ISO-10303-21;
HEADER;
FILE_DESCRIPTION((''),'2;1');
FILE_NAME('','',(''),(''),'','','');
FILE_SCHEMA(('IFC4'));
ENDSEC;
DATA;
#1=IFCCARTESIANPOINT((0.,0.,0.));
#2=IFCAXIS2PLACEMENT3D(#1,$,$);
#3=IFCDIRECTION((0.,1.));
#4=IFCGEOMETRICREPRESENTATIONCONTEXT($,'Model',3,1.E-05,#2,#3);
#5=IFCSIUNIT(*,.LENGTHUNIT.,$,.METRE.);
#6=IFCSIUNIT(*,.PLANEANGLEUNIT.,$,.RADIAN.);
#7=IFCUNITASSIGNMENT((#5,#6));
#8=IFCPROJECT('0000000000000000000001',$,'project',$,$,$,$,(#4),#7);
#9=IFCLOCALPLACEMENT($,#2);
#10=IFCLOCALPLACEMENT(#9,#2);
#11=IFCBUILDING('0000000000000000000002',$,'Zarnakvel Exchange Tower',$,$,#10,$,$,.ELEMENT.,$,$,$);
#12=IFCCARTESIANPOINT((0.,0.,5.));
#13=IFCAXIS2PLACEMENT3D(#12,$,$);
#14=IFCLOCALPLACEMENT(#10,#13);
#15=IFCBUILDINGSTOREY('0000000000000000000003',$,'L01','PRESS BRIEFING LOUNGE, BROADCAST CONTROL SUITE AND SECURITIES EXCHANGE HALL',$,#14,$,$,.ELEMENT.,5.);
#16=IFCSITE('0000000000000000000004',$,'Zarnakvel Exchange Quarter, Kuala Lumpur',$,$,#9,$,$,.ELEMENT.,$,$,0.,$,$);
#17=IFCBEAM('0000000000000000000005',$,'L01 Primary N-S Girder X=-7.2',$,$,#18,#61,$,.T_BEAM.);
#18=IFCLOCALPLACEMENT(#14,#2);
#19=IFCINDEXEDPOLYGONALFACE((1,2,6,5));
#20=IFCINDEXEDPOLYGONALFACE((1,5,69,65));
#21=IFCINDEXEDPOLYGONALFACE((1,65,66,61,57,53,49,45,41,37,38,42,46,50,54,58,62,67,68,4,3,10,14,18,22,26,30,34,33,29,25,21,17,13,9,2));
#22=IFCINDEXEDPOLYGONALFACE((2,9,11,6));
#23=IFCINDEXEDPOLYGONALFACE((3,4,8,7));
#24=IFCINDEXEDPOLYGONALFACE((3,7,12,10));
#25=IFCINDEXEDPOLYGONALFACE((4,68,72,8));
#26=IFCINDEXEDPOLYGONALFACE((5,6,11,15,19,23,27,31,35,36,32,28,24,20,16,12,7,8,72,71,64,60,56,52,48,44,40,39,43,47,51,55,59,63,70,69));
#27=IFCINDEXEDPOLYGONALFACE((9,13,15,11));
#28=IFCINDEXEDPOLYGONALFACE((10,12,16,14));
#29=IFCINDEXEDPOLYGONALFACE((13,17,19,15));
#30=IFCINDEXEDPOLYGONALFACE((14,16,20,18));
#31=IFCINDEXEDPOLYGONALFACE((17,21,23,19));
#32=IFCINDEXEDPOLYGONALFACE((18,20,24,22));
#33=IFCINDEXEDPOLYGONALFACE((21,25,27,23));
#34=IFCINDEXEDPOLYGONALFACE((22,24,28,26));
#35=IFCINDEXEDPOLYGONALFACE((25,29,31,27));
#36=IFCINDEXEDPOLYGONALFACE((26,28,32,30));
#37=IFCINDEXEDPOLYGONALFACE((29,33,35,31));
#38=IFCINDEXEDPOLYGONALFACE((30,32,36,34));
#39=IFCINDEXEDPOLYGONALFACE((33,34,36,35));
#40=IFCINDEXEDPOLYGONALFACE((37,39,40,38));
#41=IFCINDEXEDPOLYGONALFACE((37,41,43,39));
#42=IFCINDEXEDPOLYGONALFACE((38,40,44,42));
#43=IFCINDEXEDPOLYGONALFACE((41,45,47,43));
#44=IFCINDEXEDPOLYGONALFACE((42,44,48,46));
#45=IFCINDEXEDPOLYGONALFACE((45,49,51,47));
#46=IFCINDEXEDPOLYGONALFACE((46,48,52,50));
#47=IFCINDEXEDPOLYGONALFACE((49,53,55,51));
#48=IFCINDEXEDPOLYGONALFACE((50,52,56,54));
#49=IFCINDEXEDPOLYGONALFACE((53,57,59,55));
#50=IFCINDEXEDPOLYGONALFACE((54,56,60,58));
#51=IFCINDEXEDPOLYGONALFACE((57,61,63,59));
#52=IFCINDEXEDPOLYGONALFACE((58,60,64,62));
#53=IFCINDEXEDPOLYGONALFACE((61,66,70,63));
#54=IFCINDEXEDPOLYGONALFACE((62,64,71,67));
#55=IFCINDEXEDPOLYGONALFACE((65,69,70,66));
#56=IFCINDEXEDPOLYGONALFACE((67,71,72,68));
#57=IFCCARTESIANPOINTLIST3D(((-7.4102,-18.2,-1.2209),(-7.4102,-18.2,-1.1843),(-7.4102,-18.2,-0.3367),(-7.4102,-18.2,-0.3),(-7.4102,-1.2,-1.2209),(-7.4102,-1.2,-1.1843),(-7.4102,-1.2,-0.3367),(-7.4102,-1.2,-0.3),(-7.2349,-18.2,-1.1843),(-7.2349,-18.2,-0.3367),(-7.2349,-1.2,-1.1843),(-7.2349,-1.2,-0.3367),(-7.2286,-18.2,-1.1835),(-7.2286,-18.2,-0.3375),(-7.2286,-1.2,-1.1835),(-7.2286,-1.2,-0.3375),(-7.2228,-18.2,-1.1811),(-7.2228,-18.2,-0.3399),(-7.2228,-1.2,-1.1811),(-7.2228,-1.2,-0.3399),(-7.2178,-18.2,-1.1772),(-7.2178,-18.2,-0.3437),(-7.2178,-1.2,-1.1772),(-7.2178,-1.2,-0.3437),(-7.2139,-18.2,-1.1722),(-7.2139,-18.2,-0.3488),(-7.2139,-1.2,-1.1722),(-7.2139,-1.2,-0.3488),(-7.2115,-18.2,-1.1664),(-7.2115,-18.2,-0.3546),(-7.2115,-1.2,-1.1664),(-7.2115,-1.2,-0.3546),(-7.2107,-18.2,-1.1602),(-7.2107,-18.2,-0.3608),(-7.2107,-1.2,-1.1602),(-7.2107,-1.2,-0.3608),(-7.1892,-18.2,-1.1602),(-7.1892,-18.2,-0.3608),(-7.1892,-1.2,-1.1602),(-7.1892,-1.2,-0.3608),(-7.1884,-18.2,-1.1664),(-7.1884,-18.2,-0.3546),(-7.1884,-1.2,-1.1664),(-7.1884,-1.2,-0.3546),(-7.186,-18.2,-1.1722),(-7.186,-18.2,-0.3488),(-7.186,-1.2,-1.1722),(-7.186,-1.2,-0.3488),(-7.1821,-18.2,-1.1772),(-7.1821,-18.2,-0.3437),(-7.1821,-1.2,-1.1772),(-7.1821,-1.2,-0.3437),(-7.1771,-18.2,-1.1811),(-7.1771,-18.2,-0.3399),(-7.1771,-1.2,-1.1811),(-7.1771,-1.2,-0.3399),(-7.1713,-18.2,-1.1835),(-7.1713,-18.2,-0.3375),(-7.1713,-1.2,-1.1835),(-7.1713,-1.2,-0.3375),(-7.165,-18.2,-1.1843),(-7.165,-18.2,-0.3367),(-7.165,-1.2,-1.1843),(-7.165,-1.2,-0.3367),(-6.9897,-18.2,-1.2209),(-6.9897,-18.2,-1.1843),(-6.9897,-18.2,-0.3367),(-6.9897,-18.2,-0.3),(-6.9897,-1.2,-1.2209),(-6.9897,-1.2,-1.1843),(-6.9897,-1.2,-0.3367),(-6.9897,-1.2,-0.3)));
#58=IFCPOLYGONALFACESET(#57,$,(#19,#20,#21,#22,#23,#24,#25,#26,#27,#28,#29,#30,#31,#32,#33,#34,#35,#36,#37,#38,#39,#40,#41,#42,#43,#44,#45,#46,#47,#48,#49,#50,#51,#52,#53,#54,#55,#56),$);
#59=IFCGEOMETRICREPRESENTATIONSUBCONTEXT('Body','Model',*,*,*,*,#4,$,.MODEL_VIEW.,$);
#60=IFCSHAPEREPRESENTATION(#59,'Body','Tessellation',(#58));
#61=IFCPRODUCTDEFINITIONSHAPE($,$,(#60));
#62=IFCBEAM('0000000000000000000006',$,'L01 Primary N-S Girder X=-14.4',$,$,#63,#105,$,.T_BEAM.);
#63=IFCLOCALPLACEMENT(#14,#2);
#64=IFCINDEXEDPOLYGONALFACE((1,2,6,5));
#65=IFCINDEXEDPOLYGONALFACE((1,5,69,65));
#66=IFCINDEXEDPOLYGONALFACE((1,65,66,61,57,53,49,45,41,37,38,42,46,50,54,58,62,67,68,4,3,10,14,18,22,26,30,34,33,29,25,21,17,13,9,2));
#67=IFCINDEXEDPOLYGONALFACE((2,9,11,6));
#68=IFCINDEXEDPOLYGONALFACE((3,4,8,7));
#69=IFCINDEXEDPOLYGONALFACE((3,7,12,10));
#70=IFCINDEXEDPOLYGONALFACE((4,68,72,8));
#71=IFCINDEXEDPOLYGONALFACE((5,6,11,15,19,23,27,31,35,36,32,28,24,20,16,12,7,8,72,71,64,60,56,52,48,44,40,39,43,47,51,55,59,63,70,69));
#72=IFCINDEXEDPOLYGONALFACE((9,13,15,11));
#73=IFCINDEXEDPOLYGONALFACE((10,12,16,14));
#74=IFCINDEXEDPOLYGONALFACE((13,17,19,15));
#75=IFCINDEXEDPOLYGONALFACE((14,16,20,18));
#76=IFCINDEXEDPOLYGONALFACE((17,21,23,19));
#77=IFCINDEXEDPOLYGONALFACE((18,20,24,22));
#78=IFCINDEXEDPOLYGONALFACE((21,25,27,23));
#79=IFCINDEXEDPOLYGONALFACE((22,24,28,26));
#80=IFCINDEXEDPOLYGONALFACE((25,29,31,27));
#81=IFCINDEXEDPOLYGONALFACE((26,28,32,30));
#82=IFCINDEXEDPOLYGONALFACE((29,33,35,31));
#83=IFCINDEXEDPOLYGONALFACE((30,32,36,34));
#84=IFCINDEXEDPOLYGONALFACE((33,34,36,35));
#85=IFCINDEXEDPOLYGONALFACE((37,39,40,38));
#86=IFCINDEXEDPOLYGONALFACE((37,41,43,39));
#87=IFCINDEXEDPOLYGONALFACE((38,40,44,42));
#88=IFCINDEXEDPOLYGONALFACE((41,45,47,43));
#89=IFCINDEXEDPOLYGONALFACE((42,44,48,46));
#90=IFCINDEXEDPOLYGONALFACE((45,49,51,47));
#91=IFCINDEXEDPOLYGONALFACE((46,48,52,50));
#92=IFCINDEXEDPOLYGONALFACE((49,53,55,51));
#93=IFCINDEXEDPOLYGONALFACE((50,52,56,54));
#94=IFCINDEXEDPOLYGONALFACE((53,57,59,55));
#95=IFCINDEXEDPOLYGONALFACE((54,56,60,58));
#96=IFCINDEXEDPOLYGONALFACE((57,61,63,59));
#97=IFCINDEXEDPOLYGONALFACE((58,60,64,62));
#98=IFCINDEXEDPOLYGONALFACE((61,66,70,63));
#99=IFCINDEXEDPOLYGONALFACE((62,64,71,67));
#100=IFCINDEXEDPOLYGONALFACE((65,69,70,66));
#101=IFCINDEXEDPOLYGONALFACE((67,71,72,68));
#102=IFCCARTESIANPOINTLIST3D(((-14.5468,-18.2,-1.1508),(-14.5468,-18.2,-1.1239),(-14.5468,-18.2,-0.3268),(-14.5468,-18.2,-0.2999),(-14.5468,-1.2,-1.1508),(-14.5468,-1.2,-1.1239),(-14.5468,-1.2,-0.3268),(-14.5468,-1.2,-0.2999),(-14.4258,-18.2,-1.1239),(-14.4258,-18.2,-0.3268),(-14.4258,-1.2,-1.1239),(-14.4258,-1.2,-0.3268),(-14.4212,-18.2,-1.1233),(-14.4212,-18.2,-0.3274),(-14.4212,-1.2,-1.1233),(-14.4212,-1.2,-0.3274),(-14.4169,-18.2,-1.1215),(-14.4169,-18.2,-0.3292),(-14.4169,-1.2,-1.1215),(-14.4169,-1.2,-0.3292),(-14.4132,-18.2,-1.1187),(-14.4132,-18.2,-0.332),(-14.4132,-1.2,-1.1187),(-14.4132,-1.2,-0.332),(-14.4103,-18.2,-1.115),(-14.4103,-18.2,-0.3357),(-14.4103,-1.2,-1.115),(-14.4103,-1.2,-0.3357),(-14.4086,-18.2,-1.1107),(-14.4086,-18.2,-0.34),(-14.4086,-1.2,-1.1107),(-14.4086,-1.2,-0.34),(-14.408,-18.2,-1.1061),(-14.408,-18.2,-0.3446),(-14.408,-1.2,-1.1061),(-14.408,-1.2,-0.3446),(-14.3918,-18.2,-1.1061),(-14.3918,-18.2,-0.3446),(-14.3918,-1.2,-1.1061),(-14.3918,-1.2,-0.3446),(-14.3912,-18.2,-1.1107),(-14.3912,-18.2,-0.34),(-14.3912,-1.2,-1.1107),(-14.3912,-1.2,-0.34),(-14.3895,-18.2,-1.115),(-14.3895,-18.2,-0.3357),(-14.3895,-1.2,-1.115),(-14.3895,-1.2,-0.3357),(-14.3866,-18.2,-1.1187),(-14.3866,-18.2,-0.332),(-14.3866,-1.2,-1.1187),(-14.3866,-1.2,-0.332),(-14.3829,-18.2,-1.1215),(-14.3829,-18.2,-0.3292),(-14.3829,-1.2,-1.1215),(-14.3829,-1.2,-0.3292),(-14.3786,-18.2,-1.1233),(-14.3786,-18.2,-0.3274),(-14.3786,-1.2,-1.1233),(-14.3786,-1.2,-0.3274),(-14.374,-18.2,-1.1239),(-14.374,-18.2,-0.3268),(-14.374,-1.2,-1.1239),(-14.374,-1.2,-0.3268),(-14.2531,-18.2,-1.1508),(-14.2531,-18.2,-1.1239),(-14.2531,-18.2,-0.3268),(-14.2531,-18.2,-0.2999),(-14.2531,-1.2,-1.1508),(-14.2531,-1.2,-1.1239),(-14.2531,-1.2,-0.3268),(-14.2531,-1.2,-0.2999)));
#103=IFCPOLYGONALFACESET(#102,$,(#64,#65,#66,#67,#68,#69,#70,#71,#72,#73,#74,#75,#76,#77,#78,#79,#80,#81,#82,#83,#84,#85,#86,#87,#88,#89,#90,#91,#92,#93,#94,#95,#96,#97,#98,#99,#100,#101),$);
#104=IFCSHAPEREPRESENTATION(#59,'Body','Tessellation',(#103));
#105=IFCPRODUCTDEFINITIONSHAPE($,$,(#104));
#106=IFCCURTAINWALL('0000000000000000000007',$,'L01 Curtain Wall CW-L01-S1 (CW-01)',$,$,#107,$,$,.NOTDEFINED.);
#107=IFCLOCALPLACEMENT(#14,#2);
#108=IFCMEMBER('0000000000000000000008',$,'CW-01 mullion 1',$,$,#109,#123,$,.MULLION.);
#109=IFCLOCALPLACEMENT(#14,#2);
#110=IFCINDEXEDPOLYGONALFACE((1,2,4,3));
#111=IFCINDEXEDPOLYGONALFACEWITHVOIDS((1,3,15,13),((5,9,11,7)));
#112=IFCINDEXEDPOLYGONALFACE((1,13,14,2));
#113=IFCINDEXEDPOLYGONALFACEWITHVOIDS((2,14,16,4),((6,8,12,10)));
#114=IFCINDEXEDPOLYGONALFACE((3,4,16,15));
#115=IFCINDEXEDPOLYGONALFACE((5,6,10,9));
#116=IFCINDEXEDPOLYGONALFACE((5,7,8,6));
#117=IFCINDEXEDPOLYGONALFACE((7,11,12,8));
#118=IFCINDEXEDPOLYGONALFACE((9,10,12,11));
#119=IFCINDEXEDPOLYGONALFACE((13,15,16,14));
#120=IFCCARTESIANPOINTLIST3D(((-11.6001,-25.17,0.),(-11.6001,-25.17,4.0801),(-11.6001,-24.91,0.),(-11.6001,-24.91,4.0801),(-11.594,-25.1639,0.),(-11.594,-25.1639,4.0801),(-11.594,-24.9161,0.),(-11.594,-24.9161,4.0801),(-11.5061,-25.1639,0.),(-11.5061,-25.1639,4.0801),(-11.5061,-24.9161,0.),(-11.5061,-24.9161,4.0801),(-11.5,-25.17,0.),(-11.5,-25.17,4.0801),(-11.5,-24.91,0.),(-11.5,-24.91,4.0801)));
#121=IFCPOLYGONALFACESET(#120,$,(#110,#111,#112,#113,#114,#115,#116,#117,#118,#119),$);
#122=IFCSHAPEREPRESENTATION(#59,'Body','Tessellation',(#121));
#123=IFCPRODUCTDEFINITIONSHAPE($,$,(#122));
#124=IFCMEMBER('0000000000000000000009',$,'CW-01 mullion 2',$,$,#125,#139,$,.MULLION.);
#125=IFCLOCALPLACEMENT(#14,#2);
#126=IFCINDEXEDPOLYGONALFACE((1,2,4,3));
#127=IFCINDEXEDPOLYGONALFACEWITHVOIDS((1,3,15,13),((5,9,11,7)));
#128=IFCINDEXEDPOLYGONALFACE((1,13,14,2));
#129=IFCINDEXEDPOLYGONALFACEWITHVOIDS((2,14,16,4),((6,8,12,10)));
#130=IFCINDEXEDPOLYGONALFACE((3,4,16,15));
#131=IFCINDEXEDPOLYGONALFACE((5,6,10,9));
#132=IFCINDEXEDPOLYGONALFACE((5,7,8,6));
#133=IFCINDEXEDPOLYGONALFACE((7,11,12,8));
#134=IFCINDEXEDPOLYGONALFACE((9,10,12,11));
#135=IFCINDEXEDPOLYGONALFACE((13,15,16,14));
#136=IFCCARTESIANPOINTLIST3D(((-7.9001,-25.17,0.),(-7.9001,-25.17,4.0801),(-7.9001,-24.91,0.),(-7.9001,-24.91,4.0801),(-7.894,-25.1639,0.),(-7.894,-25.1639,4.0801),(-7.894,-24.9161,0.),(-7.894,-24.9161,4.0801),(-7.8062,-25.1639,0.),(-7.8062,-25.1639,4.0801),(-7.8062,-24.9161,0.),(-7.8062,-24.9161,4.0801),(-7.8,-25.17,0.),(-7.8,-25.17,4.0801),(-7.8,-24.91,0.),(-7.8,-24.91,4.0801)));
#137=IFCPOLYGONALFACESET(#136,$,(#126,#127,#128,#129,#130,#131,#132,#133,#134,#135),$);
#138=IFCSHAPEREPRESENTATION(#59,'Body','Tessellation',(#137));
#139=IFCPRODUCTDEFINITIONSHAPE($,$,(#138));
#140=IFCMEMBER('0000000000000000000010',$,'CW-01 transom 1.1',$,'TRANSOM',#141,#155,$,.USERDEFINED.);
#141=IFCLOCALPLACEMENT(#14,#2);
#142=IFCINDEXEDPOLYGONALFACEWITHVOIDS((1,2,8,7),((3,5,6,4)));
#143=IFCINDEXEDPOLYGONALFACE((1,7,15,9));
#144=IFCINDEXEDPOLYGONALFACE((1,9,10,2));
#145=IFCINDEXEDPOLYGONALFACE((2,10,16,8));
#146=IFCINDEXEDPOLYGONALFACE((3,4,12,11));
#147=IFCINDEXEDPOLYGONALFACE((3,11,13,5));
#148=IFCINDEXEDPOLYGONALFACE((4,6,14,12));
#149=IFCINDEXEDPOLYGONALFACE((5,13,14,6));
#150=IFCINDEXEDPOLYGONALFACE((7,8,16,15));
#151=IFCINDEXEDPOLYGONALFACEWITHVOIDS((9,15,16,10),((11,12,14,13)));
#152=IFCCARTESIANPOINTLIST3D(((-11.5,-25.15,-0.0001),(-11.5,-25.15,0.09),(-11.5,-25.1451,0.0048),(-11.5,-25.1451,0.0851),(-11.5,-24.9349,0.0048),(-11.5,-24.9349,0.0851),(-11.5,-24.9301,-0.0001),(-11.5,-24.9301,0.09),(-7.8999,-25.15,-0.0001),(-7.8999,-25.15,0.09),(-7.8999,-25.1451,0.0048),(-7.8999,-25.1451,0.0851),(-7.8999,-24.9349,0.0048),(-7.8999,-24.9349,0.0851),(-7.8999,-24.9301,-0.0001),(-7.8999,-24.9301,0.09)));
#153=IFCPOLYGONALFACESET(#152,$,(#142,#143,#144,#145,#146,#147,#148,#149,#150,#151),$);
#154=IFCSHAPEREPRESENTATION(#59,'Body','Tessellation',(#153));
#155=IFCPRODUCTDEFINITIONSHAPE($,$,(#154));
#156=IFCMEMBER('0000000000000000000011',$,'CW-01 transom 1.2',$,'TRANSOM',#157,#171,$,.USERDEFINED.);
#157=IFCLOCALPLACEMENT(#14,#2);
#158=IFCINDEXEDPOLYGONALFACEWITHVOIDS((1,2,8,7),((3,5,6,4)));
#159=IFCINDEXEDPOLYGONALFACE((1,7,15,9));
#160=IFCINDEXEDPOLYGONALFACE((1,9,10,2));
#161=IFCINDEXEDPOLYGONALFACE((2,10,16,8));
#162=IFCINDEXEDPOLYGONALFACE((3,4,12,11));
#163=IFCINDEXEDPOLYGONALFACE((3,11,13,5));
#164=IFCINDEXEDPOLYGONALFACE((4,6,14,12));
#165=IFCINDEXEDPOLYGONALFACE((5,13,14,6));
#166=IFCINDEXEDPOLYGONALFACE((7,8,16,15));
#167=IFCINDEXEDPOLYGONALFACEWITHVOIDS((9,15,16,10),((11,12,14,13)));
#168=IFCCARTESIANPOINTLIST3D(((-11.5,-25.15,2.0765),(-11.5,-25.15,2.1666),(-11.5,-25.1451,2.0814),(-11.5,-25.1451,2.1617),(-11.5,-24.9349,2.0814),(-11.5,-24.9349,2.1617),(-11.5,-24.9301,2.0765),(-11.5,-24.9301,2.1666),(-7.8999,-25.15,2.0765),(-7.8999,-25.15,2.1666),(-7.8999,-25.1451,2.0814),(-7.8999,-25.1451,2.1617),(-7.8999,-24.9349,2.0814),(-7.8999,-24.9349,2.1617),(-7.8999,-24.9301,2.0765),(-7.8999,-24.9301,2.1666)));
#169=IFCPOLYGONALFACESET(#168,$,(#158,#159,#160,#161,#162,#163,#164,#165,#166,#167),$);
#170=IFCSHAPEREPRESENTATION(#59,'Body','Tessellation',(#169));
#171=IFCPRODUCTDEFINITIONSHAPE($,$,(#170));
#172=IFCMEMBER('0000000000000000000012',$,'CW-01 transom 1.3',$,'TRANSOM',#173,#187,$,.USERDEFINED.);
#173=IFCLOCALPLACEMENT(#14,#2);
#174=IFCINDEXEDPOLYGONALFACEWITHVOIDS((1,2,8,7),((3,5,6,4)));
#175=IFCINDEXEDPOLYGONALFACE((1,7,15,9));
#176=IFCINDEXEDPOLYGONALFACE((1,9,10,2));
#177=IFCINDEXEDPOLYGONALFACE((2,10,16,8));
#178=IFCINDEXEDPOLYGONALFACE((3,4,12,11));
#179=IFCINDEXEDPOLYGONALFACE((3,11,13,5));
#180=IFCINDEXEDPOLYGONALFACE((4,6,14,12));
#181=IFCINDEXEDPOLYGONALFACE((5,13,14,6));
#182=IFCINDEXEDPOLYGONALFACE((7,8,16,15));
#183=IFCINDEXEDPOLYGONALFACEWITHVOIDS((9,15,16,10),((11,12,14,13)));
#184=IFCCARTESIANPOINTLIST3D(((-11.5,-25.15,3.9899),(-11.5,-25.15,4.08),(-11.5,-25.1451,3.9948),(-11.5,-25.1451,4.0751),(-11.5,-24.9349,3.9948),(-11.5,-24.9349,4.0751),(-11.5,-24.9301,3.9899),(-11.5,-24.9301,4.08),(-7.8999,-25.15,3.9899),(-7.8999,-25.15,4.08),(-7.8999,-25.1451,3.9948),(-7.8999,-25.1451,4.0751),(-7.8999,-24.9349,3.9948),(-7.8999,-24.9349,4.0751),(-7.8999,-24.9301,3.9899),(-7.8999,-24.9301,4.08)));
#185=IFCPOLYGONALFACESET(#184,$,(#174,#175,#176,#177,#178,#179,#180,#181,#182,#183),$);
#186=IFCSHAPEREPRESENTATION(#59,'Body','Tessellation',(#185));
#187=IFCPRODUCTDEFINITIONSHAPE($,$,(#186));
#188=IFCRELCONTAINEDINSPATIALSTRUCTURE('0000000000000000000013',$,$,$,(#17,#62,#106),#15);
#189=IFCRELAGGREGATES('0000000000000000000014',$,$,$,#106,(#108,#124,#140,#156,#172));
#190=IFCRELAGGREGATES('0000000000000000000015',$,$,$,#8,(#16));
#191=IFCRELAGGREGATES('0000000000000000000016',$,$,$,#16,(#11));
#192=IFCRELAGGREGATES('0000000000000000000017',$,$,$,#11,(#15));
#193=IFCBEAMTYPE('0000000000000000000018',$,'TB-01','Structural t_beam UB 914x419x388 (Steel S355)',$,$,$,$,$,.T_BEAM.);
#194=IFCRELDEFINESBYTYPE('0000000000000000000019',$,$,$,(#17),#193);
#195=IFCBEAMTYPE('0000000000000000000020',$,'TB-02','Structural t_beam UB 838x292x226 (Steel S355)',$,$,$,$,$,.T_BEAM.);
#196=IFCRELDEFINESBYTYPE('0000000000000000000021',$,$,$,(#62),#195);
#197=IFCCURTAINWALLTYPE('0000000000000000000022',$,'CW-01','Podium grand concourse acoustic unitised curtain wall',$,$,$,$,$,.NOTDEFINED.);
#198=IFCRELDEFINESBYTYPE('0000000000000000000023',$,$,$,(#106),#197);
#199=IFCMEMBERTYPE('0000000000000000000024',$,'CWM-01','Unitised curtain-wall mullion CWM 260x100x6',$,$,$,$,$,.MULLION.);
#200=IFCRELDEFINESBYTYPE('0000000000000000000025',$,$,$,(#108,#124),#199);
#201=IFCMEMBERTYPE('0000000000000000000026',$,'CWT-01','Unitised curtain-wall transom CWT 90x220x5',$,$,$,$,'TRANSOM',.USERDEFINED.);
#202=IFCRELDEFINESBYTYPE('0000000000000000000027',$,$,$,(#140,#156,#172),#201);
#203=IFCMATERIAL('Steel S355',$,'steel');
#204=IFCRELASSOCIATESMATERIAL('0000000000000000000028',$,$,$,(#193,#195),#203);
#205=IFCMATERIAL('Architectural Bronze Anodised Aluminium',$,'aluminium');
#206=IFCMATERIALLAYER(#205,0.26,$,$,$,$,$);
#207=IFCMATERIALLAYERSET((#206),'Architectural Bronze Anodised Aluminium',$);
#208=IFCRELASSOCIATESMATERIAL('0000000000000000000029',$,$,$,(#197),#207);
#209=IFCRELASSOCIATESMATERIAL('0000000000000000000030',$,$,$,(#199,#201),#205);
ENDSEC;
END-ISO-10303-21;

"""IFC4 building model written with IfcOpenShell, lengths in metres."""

from ifc_helpers import new_model, si_unit, direction, frame, origin, origin_2d, place, context, subcontext, project, spatial, hollow_rectangle, i_section, extrude, source, transform, mapped, material, layer, layer_set, material_profile, profile_set, type_object, element, aggregate, save


model = new_model("IFC4")

# Units and contexts
model_context = context("Model", 3, precision=1e-05, world=origin(), true_north=direction((0.0, 1.0)))
body_context = subcontext(model_context, "Body", "Model", "MODEL_VIEW")
ifc_project = project(units=[si_unit("LENGTHUNIT", "METRE"), si_unit("PLANEANGLEUNIT", "RADIAN")], contexts=[model_context])

# Site, building, storey
site_placement = place(None, origin())
site = spatial("IfcSite", under=ifc_project, at=site_placement, Name="Zarnakvel Exchange Quarter, Kuala Lumpur", CompositionType="ELEMENT", RefElevation=0.0)
building_placement = place(site_placement, origin())
building = spatial("IfcBuilding", under=site, at=building_placement, Name="Zarnakvel Exchange Tower", CompositionType="ELEMENT")
storey_placement = place(building_placement, frame((0.0, 0.0, 5.0)))
storey = spatial("IfcBuildingStorey", under=building, at=storey_placement, Name="L01", Description="PRESS BRIEFING LOUNGE, BROADCAST CONTROL SUITE AND SECURITIES EXCHANGE HALL", CompositionType="ELEMENT", Elevation=5.0)

# Beams
ifc_material_1 = material(Name="Steel S355", Category="steel")
ifc_material_profile_1 = material_profile(ifc_material_1, i_section(OverallWidth=0.4204, OverallDepth=0.9209, WebThickness=0.0215, FlangeThickness=0.0366, FilletRadius=0.0242, at=origin_2d()))
ifc_profile_set_1 = profile_set([ifc_material_profile_1], Name="Steel S355")
beam_type_1 = type_object("IfcBeamType", Name="TB-01", Description="Structural t_beam UB 914x419x388 (Steel S355)", PredefinedType="T_BEAM", material=ifc_profile_set_1)
beam_1_placement = place(storey_placement, frame((-7.2, -18.2, -0.7605), z_axis=(0.0, 1.0, 0.0), x_axis=(-1.0, 0.0, 0.0)))
element("IfcBeam", 1, at=beam_1_placement, inside=storey, type_object=beam_type_1, Name="L01 Primary N-S Girder X=-7.2", PredefinedType="T_BEAM", context=body_context, shape_type="SweptSolid", body=[
    extrude(i_section(OverallWidth=0.4204, OverallDepth=0.9209, WebThickness=0.0215, FlangeThickness=0.0366, FilletRadius=0.0242, at=origin_2d()), origin(), (0.0, 0.0, 1.0), 17.0),
])
ifc_material_profile_2 = material_profile(ifc_material_1, i_section(OverallWidth=0.2937, OverallDepth=0.8508, WebThickness=0.0161, FlangeThickness=0.0269, FilletRadius=0.0178, at=origin_2d()))
ifc_profile_set_2 = profile_set([ifc_material_profile_2], Name="Steel S355")
beam_type_2 = type_object("IfcBeamType", Name="TB-02", Description="Structural t_beam UB 838x292x226 (Steel S355)", PredefinedType="T_BEAM", material=ifc_profile_set_2)
beam_2_placement = place(storey_placement, frame((-14.3999, -18.2, -0.7253), z_axis=(0.0, 1.0, 0.0), x_axis=(-1.0, 0.0, 0.0)))
element("IfcBeam", 2, at=beam_2_placement, inside=storey, type_object=beam_type_2, Name="L01 Primary N-S Girder X=-14.4", PredefinedType="T_BEAM", context=body_context, shape_type="SweptSolid", body=[
    extrude(i_section(OverallWidth=0.2937, OverallDepth=0.8508, WebThickness=0.0161, FlangeThickness=0.0269, FilletRadius=0.0178, at=origin_2d()), origin(), (0.0, 0.0, 1.0), 17.0),
])

# Curtain wall, members
ifc_material_2 = material(Name="Architectural Bronze Anodised Aluminium", Category="aluminium")
ifc_layer_1 = layer(ifc_material_2, 0.26)
ifc_layer_set_1 = layer_set([ifc_layer_1], Name="Architectural Bronze Anodised Aluminium")
curtain_wall_type = type_object("IfcCurtainWallType", Name="CW-01", Description="Podium grand concourse acoustic unitised curtain wall", PredefinedType="NOTDEFINED", material=ifc_layer_set_1)
curtain_wall_placement = place(storey_placement, origin())
curtain_wall = element("IfcCurtainWall", 3, at=curtain_wall_placement, inside=storey, type_object=curtain_wall_type, Name="L01 Curtain Wall CW-L01-S1 (CW-01)", PredefinedType="NOTDEFINED")
ifc_material_profile_3 = material_profile(ifc_material_2, hollow_rectangle(XDim=0.26, YDim=0.1001, WallThickness=0.0061, at=origin_2d()))
ifc_profile_set_3 = profile_set([ifc_material_profile_3], Name="Architectural Bronze Anodised Aluminium")
member_type_1 = type_object("IfcMemberType", Name="CWM-01", Description="Unitised curtain-wall mullion CWM 260x100x6", PredefinedType="MULLION", material=ifc_profile_set_3)
shared_shape_1 = source(origin(), body_context, "Body", "SweptSolid", [
    extrude(hollow_rectangle(XDim=0.26, YDim=0.1001, WallThickness=0.0061, at=origin_2d()), origin(), (0.0, 0.0, 1.0), 4.0801),
])
member_1_placement = place(storey_placement, frame((-11.55, -25.04, 0.0), z_axis=(0.0, 0.0, 1.0), x_axis=(0.0, 1.0, 0.0)))
member_1 = element("IfcMember", 4, at=member_1_placement, type_object=member_type_1, Name="CW-01 mullion 1", PredefinedType="MULLION", context=body_context, shape_type="MappedRepresentation", body=[
    mapped(shared_shape_1, transform((0.0, 0.0, 0.0), x_axis=(1.0, 0.0, 0.0), y_axis=(0.0, 1.0, 0.0), z_axis=(0.0, 0.0, 1.0), scale=1.0)),
])
member_2_placement = place(storey_placement, frame((-7.8501, -25.04, 0.0), z_axis=(0.0, 0.0, 1.0), x_axis=(0.0, 1.0, 0.0)))
member_2 = element("IfcMember", 5, at=member_2_placement, type_object=member_type_1, Name="CW-01 mullion 2", PredefinedType="MULLION", context=body_context, shape_type="MappedRepresentation", body=[
    mapped(shared_shape_1, transform((0.0, 0.0, 0.0), x_axis=(1.0, 0.0, 0.0), y_axis=(0.0, 1.0, 0.0), z_axis=(0.0, 0.0, 1.0), scale=1.0)),
])
ifc_material_profile_4 = material_profile(ifc_material_2, hollow_rectangle(XDim=0.22, YDim=0.0901, WallThickness=0.0049, at=origin_2d()))
ifc_profile_set_4 = profile_set([ifc_material_profile_4], Name="Architectural Bronze Anodised Aluminium")
member_type_2 = type_object("IfcMemberType", Name="CWT-01", Description="Unitised curtain-wall transom CWT 90x220x5", ElementType="TRANSOM", PredefinedType="USERDEFINED", material=ifc_profile_set_4)
shared_shape_2 = source(origin(), body_context, "Body", "SweptSolid", [
    extrude(hollow_rectangle(XDim=0.22, YDim=0.0901, WallThickness=0.0049, at=origin_2d()), origin(), (0.0, 0.0, 1.0), 3.6001),
])
member_3_placement = place(storey_placement, frame((-11.5, -25.04, 0.0449), z_axis=(1.0, 0.0, 0.0), x_axis=(0.0, 1.0, 0.0)))
member_3 = element("IfcMember", 6, at=member_3_placement, type_object=member_type_2, Name="CW-01 transom 1.1", ObjectType="TRANSOM", PredefinedType="USERDEFINED", context=body_context, shape_type="MappedRepresentation", body=[
    mapped(shared_shape_2, transform((0.0, 0.0, 0.0), x_axis=(1.0, 0.0, 0.0), y_axis=(0.0, 1.0, 0.0), z_axis=(0.0, 0.0, 1.0), scale=1.0)),
])
member_4_placement = place(storey_placement, frame((-11.5, -25.04, 2.1216), z_axis=(1.0, 0.0, 0.0), x_axis=(0.0, 1.0, 0.0)))
member_4 = element("IfcMember", 7, at=member_4_placement, type_object=member_type_2, Name="CW-01 transom 1.2", ObjectType="TRANSOM", PredefinedType="USERDEFINED", context=body_context, shape_type="MappedRepresentation", body=[
    mapped(shared_shape_2, transform((0.0, 0.0, 0.0), x_axis=(1.0, 0.0, 0.0), y_axis=(0.0, 1.0, 0.0), z_axis=(0.0, 0.0, 1.0), scale=1.0)),
])
member_5_placement = place(storey_placement, frame((-11.5, -25.04, 4.0349), z_axis=(1.0, 0.0, 0.0), x_axis=(0.0, 1.0, 0.0)))
member_5 = element("IfcMember", 8, at=member_5_placement, type_object=member_type_2, Name="CW-01 transom 1.3", ObjectType="TRANSOM", PredefinedType="USERDEFINED", context=body_context, shape_type="MappedRepresentation", body=[
    mapped(shared_shape_2, transform((0.0, 0.0, 0.0), x_axis=(1.0, 0.0, 0.0), y_axis=(0.0, 1.0, 0.0), z_axis=(0.0, 0.0, 1.0), scale=1.0)),
])
aggregate(curtain_wall, [member_1, member_2, member_3, member_4, member_5])

save(model, "model.ifc")
